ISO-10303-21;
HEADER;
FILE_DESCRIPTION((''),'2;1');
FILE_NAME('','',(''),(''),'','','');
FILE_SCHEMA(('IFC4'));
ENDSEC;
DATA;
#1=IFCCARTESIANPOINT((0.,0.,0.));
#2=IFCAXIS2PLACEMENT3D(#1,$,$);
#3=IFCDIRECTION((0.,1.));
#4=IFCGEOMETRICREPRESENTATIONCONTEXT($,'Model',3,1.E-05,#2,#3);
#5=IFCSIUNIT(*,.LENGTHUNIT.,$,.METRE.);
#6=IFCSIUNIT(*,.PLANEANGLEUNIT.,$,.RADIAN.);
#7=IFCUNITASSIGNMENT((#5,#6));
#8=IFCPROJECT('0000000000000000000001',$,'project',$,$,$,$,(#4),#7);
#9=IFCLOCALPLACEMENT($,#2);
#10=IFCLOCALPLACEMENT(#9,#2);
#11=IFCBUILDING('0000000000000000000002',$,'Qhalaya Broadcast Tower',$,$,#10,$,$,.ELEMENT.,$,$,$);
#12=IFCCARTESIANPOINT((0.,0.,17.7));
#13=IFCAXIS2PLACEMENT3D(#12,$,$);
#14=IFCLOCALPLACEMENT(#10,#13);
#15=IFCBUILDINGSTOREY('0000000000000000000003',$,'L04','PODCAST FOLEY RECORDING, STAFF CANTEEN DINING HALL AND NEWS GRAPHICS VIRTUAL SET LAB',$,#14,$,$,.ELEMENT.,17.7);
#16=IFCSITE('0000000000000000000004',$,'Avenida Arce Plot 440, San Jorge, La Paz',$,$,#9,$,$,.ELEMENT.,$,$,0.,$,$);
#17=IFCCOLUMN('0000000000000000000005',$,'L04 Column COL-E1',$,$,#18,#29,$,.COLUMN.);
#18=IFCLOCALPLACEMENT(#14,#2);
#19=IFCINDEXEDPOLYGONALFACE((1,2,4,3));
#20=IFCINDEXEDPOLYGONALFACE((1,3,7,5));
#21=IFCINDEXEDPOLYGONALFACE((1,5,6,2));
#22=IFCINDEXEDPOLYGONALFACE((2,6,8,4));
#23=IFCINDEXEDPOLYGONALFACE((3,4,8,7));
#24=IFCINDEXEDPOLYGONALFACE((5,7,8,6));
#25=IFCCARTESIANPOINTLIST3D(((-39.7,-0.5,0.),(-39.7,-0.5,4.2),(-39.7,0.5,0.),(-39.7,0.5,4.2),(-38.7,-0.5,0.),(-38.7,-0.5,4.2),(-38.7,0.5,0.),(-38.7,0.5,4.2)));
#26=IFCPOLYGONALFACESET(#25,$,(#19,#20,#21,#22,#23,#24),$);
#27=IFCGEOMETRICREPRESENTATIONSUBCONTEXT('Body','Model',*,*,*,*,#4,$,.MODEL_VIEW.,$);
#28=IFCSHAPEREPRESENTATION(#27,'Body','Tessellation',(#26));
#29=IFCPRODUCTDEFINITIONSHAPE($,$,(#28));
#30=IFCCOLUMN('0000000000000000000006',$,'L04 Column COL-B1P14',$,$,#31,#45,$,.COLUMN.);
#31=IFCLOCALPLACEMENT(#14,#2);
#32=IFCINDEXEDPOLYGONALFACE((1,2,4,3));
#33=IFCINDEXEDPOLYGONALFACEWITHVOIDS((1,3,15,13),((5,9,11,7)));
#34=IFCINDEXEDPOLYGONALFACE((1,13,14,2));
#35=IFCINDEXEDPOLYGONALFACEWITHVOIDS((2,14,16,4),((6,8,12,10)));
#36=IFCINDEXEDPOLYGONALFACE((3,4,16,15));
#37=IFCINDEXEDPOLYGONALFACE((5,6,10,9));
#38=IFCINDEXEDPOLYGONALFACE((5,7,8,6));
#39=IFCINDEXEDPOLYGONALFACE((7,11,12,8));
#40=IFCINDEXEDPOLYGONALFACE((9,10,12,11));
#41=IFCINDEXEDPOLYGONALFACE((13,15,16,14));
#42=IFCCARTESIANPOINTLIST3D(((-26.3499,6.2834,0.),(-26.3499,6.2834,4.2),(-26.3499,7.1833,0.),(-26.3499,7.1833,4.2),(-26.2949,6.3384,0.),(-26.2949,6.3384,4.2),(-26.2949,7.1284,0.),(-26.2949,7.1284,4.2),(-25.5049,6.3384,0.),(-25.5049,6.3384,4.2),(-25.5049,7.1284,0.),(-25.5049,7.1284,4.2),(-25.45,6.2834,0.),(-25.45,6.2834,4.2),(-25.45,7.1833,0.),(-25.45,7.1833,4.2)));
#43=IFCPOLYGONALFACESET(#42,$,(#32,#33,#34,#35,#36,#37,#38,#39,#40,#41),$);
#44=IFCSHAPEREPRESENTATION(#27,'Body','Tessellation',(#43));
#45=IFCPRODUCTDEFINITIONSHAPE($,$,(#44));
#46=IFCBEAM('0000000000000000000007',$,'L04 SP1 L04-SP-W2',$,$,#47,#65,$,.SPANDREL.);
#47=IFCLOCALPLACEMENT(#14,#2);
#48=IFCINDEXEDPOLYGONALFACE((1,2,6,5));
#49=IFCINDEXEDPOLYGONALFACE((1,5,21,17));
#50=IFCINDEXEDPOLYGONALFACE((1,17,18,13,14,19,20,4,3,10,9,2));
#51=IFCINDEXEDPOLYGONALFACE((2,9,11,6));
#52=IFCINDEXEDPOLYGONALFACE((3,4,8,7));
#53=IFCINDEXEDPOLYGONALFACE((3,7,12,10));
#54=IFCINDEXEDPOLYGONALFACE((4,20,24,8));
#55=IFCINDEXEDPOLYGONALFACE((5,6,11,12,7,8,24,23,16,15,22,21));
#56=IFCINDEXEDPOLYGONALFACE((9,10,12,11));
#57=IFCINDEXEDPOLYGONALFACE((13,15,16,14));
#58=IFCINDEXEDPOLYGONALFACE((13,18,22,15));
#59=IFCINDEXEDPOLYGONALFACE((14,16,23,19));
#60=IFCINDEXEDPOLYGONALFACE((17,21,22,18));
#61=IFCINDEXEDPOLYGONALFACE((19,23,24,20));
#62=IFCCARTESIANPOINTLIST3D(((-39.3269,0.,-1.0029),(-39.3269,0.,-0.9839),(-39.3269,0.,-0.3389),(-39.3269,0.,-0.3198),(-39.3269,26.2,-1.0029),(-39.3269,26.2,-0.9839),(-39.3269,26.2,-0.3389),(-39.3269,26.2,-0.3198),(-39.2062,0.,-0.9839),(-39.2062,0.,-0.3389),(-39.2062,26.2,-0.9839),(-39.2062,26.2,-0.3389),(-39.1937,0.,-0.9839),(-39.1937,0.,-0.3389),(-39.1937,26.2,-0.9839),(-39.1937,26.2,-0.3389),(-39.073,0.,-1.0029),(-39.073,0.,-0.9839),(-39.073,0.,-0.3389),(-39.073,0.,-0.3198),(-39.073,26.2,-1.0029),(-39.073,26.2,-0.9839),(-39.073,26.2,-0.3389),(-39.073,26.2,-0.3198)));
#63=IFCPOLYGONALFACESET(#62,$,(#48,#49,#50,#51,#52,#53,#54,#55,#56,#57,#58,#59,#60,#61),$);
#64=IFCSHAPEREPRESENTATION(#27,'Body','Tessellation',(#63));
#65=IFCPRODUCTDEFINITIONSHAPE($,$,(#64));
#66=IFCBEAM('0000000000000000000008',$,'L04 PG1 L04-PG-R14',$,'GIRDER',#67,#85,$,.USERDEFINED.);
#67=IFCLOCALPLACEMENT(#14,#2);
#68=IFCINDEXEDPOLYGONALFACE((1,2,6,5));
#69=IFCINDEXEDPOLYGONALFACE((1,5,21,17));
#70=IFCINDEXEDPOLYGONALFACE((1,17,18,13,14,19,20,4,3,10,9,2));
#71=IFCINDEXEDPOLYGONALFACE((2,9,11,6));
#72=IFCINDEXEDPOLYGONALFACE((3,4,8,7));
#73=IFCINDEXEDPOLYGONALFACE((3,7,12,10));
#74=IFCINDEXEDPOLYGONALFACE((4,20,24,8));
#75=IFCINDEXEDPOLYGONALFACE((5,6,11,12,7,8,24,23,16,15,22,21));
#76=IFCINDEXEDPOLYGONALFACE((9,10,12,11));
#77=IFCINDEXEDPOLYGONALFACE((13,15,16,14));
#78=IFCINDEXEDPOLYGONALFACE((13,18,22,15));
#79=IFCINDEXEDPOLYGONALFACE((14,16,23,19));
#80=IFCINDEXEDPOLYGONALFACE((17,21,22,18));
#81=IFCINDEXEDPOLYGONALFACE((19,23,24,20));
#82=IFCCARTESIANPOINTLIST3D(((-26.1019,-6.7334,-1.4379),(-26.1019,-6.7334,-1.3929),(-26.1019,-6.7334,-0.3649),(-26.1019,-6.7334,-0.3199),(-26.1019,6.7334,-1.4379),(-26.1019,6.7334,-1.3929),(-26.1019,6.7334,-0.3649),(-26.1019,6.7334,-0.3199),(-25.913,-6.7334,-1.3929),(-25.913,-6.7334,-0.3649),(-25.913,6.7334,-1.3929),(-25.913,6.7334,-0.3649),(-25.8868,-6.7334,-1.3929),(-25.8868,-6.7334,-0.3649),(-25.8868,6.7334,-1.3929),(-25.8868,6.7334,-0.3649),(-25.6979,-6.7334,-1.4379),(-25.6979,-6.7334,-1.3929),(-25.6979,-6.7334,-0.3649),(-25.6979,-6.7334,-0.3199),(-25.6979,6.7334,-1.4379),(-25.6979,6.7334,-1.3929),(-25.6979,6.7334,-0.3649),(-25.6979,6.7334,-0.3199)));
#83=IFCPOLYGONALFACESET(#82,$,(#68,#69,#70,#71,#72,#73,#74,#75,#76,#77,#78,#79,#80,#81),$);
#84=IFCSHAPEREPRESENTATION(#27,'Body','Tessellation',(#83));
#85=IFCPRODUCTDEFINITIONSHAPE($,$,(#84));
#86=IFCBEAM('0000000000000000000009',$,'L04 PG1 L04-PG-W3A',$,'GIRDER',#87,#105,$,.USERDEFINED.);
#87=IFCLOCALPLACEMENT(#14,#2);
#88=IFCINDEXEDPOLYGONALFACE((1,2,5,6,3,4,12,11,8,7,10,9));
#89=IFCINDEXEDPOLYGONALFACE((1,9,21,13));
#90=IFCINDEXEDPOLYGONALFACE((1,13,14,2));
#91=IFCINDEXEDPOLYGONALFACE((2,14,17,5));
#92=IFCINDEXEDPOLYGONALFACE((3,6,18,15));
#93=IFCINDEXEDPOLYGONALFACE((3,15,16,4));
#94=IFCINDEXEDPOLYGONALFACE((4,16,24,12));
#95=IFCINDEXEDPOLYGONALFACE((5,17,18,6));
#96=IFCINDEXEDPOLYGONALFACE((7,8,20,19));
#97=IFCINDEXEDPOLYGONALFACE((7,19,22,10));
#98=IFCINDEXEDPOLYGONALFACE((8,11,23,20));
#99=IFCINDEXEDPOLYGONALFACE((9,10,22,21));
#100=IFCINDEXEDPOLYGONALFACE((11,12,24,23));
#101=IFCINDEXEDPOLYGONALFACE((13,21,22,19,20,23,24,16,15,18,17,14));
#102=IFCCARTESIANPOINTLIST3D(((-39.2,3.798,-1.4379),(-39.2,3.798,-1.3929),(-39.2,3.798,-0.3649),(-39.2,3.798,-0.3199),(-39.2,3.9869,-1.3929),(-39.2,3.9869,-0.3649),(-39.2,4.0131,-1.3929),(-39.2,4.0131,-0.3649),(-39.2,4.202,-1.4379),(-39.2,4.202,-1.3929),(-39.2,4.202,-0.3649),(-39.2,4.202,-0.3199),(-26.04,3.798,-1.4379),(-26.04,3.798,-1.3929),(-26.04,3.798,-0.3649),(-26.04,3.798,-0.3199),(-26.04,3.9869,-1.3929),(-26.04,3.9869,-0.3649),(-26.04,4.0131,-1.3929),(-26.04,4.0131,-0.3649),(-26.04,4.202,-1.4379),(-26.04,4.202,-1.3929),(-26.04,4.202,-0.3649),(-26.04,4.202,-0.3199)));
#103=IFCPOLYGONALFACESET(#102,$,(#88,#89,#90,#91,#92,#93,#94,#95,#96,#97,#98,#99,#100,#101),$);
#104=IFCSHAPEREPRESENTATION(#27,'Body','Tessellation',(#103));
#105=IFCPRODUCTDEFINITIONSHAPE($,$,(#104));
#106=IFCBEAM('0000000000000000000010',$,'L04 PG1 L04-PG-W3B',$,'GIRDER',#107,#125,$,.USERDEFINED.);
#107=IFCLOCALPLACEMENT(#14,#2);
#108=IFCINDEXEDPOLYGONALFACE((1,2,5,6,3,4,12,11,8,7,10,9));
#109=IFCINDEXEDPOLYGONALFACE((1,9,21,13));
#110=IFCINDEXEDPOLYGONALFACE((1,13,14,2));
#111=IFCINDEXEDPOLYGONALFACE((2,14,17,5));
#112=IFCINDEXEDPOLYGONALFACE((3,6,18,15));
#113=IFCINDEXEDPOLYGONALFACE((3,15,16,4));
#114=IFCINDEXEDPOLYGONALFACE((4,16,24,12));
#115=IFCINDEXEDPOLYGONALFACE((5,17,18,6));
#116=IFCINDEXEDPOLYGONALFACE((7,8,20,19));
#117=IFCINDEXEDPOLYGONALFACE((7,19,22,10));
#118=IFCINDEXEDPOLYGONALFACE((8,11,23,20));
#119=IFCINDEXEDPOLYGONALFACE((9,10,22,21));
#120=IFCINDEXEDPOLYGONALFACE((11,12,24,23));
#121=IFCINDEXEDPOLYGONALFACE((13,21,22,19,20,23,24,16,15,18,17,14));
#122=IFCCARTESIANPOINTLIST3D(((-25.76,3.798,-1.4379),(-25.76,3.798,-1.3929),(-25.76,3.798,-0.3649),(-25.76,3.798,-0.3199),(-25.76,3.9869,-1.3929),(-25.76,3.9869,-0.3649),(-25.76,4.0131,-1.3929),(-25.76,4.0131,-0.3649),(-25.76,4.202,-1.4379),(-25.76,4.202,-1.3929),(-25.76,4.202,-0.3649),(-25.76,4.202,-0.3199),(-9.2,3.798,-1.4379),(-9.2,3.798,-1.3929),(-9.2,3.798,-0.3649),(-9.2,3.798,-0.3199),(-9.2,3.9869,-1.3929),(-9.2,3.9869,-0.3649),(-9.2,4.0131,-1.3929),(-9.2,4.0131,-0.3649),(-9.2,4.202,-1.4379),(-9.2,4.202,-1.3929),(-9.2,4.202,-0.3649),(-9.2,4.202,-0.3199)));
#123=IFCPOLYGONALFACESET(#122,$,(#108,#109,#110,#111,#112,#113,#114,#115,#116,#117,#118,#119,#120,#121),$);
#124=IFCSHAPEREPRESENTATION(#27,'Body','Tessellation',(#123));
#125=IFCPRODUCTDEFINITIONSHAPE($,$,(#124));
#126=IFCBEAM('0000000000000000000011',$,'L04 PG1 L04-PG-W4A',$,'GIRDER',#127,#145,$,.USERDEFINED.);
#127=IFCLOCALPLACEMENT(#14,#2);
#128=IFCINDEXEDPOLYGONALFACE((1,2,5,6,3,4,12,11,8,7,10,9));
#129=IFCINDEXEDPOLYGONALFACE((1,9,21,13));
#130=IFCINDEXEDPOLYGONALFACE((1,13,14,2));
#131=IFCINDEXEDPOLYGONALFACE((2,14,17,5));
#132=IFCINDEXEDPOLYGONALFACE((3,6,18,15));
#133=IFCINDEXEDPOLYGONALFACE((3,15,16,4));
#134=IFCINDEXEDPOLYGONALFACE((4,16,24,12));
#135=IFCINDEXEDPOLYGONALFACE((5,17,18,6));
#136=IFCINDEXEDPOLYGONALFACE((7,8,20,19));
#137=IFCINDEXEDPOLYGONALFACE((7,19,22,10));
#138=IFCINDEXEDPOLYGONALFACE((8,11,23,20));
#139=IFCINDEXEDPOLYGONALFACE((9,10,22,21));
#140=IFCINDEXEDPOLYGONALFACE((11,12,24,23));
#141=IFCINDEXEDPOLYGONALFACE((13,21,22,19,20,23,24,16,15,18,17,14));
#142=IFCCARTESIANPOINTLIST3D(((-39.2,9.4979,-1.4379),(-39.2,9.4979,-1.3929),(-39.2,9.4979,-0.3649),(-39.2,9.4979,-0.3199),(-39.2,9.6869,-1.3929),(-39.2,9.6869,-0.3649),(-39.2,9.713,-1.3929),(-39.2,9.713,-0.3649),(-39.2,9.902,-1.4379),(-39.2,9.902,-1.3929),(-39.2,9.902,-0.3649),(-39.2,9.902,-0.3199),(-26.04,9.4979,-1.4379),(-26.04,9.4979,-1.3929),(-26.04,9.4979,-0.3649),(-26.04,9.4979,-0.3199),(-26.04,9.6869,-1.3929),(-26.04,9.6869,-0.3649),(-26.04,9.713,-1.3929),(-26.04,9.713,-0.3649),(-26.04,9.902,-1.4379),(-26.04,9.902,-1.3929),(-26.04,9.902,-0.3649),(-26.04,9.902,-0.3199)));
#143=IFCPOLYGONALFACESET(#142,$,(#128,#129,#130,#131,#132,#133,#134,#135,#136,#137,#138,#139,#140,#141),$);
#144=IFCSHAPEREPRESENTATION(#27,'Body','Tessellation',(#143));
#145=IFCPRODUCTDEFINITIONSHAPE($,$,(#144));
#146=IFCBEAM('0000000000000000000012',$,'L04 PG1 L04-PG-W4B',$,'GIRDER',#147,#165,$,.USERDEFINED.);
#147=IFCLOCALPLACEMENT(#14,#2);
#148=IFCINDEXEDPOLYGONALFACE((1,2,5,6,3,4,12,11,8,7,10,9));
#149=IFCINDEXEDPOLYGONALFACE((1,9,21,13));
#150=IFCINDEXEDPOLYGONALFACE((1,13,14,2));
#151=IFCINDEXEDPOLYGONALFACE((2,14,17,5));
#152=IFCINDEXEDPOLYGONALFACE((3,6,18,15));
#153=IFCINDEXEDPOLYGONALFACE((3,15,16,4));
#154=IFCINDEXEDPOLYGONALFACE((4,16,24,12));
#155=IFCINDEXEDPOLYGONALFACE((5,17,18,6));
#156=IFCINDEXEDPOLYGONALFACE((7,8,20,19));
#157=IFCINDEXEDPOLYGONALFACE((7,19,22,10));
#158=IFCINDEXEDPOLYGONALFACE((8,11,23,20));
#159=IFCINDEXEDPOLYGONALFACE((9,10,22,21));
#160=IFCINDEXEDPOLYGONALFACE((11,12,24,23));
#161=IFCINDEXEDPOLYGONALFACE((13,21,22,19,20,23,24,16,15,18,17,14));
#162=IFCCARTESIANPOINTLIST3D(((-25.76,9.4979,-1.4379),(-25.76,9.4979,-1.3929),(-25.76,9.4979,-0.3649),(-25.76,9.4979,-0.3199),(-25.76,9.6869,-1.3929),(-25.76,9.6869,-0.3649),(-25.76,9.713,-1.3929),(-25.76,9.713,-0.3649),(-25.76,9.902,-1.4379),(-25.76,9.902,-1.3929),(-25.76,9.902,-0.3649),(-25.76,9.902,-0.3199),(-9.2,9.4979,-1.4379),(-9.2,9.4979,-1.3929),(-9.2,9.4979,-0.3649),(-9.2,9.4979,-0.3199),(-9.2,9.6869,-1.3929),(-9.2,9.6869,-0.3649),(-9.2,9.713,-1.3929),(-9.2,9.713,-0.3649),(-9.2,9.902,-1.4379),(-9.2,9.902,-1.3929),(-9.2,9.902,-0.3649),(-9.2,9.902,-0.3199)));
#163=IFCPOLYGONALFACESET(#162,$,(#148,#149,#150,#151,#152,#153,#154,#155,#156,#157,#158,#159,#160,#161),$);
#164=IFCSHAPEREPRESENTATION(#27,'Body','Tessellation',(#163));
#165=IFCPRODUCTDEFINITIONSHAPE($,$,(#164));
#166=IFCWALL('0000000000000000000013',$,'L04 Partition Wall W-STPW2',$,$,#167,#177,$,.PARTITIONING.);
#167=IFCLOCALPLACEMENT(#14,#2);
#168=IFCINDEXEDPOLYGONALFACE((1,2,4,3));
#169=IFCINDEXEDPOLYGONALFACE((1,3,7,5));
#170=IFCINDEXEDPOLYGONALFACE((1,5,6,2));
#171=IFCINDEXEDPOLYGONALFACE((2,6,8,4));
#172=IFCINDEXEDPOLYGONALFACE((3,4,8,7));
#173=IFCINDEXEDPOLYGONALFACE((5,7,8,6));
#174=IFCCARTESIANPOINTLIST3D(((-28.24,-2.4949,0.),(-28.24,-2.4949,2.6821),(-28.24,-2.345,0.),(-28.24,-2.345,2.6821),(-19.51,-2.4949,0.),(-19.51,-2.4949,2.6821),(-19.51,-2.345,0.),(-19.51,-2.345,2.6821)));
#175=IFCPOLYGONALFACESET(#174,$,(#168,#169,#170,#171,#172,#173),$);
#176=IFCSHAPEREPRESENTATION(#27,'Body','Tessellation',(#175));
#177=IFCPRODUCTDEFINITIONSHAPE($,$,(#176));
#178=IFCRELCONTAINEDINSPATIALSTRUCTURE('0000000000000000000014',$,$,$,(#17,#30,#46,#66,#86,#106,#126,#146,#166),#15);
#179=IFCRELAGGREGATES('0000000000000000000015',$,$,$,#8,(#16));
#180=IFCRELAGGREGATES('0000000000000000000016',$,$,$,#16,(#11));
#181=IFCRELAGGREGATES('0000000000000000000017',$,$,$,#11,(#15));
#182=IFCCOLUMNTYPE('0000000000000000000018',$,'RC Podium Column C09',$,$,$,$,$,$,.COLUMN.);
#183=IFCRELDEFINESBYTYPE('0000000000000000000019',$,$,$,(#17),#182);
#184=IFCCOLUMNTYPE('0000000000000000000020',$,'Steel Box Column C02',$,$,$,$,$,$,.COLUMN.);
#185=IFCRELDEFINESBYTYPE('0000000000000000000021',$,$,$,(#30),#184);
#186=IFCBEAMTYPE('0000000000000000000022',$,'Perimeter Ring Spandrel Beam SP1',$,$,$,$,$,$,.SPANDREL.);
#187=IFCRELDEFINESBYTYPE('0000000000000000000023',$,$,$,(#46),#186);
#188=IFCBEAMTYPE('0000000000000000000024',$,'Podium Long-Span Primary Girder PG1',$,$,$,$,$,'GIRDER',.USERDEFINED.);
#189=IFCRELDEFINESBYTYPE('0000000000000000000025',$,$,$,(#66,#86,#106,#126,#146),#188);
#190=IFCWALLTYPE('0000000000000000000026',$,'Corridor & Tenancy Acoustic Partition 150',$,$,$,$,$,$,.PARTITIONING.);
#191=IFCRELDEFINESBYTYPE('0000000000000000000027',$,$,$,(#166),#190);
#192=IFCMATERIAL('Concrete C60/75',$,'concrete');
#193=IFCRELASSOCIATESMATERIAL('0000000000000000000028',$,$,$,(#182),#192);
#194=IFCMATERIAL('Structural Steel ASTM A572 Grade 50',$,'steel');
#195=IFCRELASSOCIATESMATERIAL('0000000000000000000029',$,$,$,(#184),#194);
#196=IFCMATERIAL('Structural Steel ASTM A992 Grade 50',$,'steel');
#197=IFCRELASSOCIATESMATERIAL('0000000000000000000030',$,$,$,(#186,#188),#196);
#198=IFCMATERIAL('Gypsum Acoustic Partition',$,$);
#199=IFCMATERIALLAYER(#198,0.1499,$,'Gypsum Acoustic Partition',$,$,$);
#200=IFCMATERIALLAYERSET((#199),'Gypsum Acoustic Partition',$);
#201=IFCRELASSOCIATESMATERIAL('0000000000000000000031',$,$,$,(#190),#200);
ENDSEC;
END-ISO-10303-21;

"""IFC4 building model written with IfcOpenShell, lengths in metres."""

from ifc_helpers import new_model, si_unit, direction, frame, frame_2d, origin, origin_2d, place, context, subcontext, project, spatial, rectangle, hollow_rectangle, i_section, extrude, material, layer, layer_set, material_profile, profile_set, type_object, element, save


model = new_model("IFC4")

# Units and contexts
model_context = context("Model", 3, precision=1e-05, world=origin(), true_north=direction((0.0, 1.0)))
body_context = subcontext(model_context, "Body", "Model", "MODEL_VIEW")
ifc_project = project(units=[si_unit("LENGTHUNIT", "METRE"), si_unit("PLANEANGLEUNIT", "RADIAN")], contexts=[model_context])

# Site, building, storey
site_placement = place(None, origin())
site = spatial("IfcSite", under=ifc_project, at=site_placement, Name="Avenida Arce Plot 440, San Jorge, La Paz", CompositionType="ELEMENT", RefElevation=0.0)
building_placement = place(site_placement, origin())
building = spatial("IfcBuilding", under=site, at=building_placement, Name="Qhalaya Broadcast Tower", CompositionType="ELEMENT")
storey_placement = place(building_placement, frame((0.0, 0.0, 17.7)))
storey = spatial("IfcBuildingStorey", under=building, at=storey_placement, Name="L04", Description="PODCAST FOLEY RECORDING, STAFF CANTEEN DINING HALL AND NEWS GRAPHICS VIRTUAL SET LAB", CompositionType="ELEMENT", Elevation=17.7)

# Columns
ifc_material_1 = material(Name="Concrete C60/75", Category="concrete")
ifc_material_profile_1 = material_profile(ifc_material_1, rectangle(XDim=1.0, YDim=1.0, at=origin_2d()), Name="RC-COL 1000x1000")
ifc_profile_set_1 = profile_set([ifc_material_profile_1], Name="Concrete C60/75")
column_type_1 = type_object("IfcColumnType", Name="RC Podium Column C09", PredefinedType="COLUMN", material=ifc_profile_set_1)
column_1_placement = place(storey_placement, frame((-39.2, 0.0, 0.0), z_axis=(0.0, 0.0, 1.0), x_axis=(1.0, 0.0, 0.0)))
element("IfcColumn", 1, at=column_1_placement, inside=storey, type_object=column_type_1, Name="L04 Column COL-E1", PredefinedType="COLUMN", context=body_context, shape_type="SweptSolid", body=[
    extrude(rectangle(XDim=1.0, YDim=1.0, at=origin_2d()), origin(), (0.0, 0.0, 1.0), 4.2),
])
ifc_material_2 = material(Name="Structural Steel ASTM A572 Grade 50", Category="steel")
ifc_material_profile_2 = material_profile(ifc_material_2, hollow_rectangle(XDim=0.8999, YDim=0.8999, WallThickness=0.0549, at=origin_2d()), Name="BOX 900x900x55")
ifc_profile_set_2 = profile_set([ifc_material_profile_2], Name="Structural Steel ASTM A572 Grade 50")
column_type_2 = type_object("IfcColumnType", Name="Steel Box Column C02", PredefinedType="COLUMN", material=ifc_profile_set_2)
column_2_placement = place(storey_placement, frame((-25.8999, 6.7334, 0.0), z_axis=(0.0, 0.0, 1.0), x_axis=(0.0, 1.0, 0.0)))
element("IfcColumn", 2, at=column_2_placement, inside=storey, type_object=column_type_2, Name="L04 Column COL-B1P14", PredefinedType="COLUMN", context=body_context, shape_type="SweptSolid", body=[
    extrude(hollow_rectangle(XDim=0.8999, YDim=0.8999, WallThickness=0.0549, at=origin_2d()), origin(), (0.0, 0.0, 1.0), 4.2),
])

# Beams
ifc_material_3 = material(Name="Structural Steel ASTM A992 Grade 50", Category="steel")
ifc_material_profile_3 = material_profile(ifc_material_3, i_section(OverallWidth=0.2539, OverallDepth=0.6831, WebThickness=0.0125, FlangeThickness=0.019, at=origin_2d()), Name="W27X94")
ifc_profile_set_3 = profile_set([ifc_material_profile_3], Name="Structural Steel ASTM A992 Grade 50")
beam_type_1 = type_object("IfcBeamType", Name="Perimeter Ring Spandrel Beam SP1", PredefinedType="SPANDREL", material=ifc_profile_set_3)
beam_1_placement = place(storey_placement, frame((-39.2, 0.0, -0.6614), z_axis=(0.0, 1.0, 0.0), x_axis=(-1.0, 0.0, 0.0)))
element("IfcBeam", 3, at=beam_1_placement, inside=storey, type_object=beam_type_1, Name="L04 SP1 L04-SP-W2", PredefinedType="SPANDREL", context=body_context, shape_type="SweptSolid", body=[
    extrude(i_section(OverallWidth=0.2539, OverallDepth=0.6831, WebThickness=0.0125, FlangeThickness=0.019, at=origin_2d()), origin(), (0.0, 0.0, 1.0), 26.2),
])
ifc_material_profile_4 = material_profile(ifc_material_3, i_section(OverallWidth=0.4041, OverallDepth=1.1179, WebThickness=0.0261, FlangeThickness=0.0449, at=origin_2d()), Name="W44X335")
ifc_profile_set_4 = profile_set([ifc_material_profile_4], Name="Structural Steel ASTM A992 Grade 50")
beam_type_2 = type_object("IfcBeamType", Name="Podium Long-Span Primary Girder PG1", ElementType="GIRDER", PredefinedType="USERDEFINED", material=ifc_profile_set_4)
beam_2_placement = place(storey_placement, frame((-25.8999, 6.7334, -0.8789), z_axis=(0.0, -1.0, 0.0), x_axis=(1.0, 0.0, 0.0)))
element("IfcBeam", 4, at=beam_2_placement, inside=storey, type_object=beam_type_2, Name="L04 PG1 L04-PG-R14", ObjectType="GIRDER", PredefinedType="USERDEFINED", context=body_context, shape_type="SweptSolid", body=[
    extrude(i_section(OverallWidth=0.4041, OverallDepth=1.1179, WebThickness=0.0261, FlangeThickness=0.0449, at=origin_2d()), origin(), (0.0, 0.0, 1.0), 13.4668),
])
beam_3_placement = place(storey_placement, frame((-39.2, 4.0, -0.8789), z_axis=(1.0, 0.0, 0.0), x_axis=(0.0, 1.0, 0.0)))
element("IfcBeam", 5, at=beam_3_placement, inside=storey, type_object=beam_type_2, Name="L04 PG1 L04-PG-W3A", ObjectType="GIRDER", PredefinedType="USERDEFINED", context=body_context, shape_type="SweptSolid", body=[
    extrude(i_section(OverallWidth=0.4041, OverallDepth=1.1179, WebThickness=0.0261, FlangeThickness=0.0449, at=origin_2d()), origin(), (0.0, 0.0, 1.0), 13.1599),
])
beam_4_placement = place(storey_placement, frame((-25.76, 4.0, -0.8789), z_axis=(1.0, 0.0, 0.0), x_axis=(0.0, 1.0, 0.0)))
element("IfcBeam", 6, at=beam_4_placement, inside=storey, type_object=beam_type_2, Name="L04 PG1 L04-PG-W3B", ObjectType="GIRDER", PredefinedType="USERDEFINED", context=body_context, shape_type="SweptSolid", body=[
    extrude(i_section(OverallWidth=0.4041, OverallDepth=1.1179, WebThickness=0.0261, FlangeThickness=0.0449, at=origin_2d()), origin(), (0.0, 0.0, 1.0), 16.5601),
])
beam_5_placement = place(storey_placement, frame((-39.2, 9.7, -0.8789), z_axis=(1.0, 0.0, 0.0), x_axis=(0.0, 1.0, 0.0)))
element("IfcBeam", 7, at=beam_5_placement, inside=storey, type_object=beam_type_2, Name="L04 PG1 L04-PG-W4A", ObjectType="GIRDER", PredefinedType="USERDEFINED", context=body_context, shape_type="SweptSolid", body=[
    extrude(i_section(OverallWidth=0.4041, OverallDepth=1.1179, WebThickness=0.0261, FlangeThickness=0.0449, at=origin_2d()), origin(), (0.0, 0.0, 1.0), 13.1599),
])
beam_6_placement = place(storey_placement, frame((-25.76, 9.7, -0.8789), z_axis=(1.0, 0.0, 0.0), x_axis=(0.0, 1.0, 0.0)))
element("IfcBeam", 8, at=beam_6_placement, inside=storey, type_object=beam_type_2, Name="L04 PG1 L04-PG-W4B", ObjectType="GIRDER", PredefinedType="USERDEFINED", context=body_context, shape_type="SweptSolid", body=[
    extrude(i_section(OverallWidth=0.4041, OverallDepth=1.1179, WebThickness=0.0261, FlangeThickness=0.0449, at=origin_2d()), origin(), (0.0, 0.0, 1.0), 16.5601),
])

# Wall
ifc_material_4 = material(Name="Gypsum Acoustic Partition")
ifc_layer_1 = layer(ifc_material_4, 0.1499, Name="Gypsum Acoustic Partition")
ifc_layer_set_1 = layer_set([ifc_layer_1], Name="Gypsum Acoustic Partition")
wall_type_1 = type_object("IfcWallType", Name="Corridor & Tenancy Acoustic Partition 150", PredefinedType="PARTITIONING", material=ifc_layer_set_1)
wall_1_placement = place(storey_placement, frame((-28.24, -2.4199, 0.0), z_axis=(0.0, 0.0, 1.0), x_axis=(1.0, 0.0, 0.0)))
element("IfcWall", 9, at=wall_1_placement, inside=storey, type_object=wall_type_1, Name="L04 Partition Wall W-STPW2", PredefinedType="PARTITIONING", context=body_context, shape_type="SweptSolid", body=[
    extrude(rectangle(XDim=8.73, YDim=0.1499, at=frame_2d((4.365, 0.0))), origin(), (0.0, 0.0, 1.0), 2.6821),
])

save(model, "model.ifc")
